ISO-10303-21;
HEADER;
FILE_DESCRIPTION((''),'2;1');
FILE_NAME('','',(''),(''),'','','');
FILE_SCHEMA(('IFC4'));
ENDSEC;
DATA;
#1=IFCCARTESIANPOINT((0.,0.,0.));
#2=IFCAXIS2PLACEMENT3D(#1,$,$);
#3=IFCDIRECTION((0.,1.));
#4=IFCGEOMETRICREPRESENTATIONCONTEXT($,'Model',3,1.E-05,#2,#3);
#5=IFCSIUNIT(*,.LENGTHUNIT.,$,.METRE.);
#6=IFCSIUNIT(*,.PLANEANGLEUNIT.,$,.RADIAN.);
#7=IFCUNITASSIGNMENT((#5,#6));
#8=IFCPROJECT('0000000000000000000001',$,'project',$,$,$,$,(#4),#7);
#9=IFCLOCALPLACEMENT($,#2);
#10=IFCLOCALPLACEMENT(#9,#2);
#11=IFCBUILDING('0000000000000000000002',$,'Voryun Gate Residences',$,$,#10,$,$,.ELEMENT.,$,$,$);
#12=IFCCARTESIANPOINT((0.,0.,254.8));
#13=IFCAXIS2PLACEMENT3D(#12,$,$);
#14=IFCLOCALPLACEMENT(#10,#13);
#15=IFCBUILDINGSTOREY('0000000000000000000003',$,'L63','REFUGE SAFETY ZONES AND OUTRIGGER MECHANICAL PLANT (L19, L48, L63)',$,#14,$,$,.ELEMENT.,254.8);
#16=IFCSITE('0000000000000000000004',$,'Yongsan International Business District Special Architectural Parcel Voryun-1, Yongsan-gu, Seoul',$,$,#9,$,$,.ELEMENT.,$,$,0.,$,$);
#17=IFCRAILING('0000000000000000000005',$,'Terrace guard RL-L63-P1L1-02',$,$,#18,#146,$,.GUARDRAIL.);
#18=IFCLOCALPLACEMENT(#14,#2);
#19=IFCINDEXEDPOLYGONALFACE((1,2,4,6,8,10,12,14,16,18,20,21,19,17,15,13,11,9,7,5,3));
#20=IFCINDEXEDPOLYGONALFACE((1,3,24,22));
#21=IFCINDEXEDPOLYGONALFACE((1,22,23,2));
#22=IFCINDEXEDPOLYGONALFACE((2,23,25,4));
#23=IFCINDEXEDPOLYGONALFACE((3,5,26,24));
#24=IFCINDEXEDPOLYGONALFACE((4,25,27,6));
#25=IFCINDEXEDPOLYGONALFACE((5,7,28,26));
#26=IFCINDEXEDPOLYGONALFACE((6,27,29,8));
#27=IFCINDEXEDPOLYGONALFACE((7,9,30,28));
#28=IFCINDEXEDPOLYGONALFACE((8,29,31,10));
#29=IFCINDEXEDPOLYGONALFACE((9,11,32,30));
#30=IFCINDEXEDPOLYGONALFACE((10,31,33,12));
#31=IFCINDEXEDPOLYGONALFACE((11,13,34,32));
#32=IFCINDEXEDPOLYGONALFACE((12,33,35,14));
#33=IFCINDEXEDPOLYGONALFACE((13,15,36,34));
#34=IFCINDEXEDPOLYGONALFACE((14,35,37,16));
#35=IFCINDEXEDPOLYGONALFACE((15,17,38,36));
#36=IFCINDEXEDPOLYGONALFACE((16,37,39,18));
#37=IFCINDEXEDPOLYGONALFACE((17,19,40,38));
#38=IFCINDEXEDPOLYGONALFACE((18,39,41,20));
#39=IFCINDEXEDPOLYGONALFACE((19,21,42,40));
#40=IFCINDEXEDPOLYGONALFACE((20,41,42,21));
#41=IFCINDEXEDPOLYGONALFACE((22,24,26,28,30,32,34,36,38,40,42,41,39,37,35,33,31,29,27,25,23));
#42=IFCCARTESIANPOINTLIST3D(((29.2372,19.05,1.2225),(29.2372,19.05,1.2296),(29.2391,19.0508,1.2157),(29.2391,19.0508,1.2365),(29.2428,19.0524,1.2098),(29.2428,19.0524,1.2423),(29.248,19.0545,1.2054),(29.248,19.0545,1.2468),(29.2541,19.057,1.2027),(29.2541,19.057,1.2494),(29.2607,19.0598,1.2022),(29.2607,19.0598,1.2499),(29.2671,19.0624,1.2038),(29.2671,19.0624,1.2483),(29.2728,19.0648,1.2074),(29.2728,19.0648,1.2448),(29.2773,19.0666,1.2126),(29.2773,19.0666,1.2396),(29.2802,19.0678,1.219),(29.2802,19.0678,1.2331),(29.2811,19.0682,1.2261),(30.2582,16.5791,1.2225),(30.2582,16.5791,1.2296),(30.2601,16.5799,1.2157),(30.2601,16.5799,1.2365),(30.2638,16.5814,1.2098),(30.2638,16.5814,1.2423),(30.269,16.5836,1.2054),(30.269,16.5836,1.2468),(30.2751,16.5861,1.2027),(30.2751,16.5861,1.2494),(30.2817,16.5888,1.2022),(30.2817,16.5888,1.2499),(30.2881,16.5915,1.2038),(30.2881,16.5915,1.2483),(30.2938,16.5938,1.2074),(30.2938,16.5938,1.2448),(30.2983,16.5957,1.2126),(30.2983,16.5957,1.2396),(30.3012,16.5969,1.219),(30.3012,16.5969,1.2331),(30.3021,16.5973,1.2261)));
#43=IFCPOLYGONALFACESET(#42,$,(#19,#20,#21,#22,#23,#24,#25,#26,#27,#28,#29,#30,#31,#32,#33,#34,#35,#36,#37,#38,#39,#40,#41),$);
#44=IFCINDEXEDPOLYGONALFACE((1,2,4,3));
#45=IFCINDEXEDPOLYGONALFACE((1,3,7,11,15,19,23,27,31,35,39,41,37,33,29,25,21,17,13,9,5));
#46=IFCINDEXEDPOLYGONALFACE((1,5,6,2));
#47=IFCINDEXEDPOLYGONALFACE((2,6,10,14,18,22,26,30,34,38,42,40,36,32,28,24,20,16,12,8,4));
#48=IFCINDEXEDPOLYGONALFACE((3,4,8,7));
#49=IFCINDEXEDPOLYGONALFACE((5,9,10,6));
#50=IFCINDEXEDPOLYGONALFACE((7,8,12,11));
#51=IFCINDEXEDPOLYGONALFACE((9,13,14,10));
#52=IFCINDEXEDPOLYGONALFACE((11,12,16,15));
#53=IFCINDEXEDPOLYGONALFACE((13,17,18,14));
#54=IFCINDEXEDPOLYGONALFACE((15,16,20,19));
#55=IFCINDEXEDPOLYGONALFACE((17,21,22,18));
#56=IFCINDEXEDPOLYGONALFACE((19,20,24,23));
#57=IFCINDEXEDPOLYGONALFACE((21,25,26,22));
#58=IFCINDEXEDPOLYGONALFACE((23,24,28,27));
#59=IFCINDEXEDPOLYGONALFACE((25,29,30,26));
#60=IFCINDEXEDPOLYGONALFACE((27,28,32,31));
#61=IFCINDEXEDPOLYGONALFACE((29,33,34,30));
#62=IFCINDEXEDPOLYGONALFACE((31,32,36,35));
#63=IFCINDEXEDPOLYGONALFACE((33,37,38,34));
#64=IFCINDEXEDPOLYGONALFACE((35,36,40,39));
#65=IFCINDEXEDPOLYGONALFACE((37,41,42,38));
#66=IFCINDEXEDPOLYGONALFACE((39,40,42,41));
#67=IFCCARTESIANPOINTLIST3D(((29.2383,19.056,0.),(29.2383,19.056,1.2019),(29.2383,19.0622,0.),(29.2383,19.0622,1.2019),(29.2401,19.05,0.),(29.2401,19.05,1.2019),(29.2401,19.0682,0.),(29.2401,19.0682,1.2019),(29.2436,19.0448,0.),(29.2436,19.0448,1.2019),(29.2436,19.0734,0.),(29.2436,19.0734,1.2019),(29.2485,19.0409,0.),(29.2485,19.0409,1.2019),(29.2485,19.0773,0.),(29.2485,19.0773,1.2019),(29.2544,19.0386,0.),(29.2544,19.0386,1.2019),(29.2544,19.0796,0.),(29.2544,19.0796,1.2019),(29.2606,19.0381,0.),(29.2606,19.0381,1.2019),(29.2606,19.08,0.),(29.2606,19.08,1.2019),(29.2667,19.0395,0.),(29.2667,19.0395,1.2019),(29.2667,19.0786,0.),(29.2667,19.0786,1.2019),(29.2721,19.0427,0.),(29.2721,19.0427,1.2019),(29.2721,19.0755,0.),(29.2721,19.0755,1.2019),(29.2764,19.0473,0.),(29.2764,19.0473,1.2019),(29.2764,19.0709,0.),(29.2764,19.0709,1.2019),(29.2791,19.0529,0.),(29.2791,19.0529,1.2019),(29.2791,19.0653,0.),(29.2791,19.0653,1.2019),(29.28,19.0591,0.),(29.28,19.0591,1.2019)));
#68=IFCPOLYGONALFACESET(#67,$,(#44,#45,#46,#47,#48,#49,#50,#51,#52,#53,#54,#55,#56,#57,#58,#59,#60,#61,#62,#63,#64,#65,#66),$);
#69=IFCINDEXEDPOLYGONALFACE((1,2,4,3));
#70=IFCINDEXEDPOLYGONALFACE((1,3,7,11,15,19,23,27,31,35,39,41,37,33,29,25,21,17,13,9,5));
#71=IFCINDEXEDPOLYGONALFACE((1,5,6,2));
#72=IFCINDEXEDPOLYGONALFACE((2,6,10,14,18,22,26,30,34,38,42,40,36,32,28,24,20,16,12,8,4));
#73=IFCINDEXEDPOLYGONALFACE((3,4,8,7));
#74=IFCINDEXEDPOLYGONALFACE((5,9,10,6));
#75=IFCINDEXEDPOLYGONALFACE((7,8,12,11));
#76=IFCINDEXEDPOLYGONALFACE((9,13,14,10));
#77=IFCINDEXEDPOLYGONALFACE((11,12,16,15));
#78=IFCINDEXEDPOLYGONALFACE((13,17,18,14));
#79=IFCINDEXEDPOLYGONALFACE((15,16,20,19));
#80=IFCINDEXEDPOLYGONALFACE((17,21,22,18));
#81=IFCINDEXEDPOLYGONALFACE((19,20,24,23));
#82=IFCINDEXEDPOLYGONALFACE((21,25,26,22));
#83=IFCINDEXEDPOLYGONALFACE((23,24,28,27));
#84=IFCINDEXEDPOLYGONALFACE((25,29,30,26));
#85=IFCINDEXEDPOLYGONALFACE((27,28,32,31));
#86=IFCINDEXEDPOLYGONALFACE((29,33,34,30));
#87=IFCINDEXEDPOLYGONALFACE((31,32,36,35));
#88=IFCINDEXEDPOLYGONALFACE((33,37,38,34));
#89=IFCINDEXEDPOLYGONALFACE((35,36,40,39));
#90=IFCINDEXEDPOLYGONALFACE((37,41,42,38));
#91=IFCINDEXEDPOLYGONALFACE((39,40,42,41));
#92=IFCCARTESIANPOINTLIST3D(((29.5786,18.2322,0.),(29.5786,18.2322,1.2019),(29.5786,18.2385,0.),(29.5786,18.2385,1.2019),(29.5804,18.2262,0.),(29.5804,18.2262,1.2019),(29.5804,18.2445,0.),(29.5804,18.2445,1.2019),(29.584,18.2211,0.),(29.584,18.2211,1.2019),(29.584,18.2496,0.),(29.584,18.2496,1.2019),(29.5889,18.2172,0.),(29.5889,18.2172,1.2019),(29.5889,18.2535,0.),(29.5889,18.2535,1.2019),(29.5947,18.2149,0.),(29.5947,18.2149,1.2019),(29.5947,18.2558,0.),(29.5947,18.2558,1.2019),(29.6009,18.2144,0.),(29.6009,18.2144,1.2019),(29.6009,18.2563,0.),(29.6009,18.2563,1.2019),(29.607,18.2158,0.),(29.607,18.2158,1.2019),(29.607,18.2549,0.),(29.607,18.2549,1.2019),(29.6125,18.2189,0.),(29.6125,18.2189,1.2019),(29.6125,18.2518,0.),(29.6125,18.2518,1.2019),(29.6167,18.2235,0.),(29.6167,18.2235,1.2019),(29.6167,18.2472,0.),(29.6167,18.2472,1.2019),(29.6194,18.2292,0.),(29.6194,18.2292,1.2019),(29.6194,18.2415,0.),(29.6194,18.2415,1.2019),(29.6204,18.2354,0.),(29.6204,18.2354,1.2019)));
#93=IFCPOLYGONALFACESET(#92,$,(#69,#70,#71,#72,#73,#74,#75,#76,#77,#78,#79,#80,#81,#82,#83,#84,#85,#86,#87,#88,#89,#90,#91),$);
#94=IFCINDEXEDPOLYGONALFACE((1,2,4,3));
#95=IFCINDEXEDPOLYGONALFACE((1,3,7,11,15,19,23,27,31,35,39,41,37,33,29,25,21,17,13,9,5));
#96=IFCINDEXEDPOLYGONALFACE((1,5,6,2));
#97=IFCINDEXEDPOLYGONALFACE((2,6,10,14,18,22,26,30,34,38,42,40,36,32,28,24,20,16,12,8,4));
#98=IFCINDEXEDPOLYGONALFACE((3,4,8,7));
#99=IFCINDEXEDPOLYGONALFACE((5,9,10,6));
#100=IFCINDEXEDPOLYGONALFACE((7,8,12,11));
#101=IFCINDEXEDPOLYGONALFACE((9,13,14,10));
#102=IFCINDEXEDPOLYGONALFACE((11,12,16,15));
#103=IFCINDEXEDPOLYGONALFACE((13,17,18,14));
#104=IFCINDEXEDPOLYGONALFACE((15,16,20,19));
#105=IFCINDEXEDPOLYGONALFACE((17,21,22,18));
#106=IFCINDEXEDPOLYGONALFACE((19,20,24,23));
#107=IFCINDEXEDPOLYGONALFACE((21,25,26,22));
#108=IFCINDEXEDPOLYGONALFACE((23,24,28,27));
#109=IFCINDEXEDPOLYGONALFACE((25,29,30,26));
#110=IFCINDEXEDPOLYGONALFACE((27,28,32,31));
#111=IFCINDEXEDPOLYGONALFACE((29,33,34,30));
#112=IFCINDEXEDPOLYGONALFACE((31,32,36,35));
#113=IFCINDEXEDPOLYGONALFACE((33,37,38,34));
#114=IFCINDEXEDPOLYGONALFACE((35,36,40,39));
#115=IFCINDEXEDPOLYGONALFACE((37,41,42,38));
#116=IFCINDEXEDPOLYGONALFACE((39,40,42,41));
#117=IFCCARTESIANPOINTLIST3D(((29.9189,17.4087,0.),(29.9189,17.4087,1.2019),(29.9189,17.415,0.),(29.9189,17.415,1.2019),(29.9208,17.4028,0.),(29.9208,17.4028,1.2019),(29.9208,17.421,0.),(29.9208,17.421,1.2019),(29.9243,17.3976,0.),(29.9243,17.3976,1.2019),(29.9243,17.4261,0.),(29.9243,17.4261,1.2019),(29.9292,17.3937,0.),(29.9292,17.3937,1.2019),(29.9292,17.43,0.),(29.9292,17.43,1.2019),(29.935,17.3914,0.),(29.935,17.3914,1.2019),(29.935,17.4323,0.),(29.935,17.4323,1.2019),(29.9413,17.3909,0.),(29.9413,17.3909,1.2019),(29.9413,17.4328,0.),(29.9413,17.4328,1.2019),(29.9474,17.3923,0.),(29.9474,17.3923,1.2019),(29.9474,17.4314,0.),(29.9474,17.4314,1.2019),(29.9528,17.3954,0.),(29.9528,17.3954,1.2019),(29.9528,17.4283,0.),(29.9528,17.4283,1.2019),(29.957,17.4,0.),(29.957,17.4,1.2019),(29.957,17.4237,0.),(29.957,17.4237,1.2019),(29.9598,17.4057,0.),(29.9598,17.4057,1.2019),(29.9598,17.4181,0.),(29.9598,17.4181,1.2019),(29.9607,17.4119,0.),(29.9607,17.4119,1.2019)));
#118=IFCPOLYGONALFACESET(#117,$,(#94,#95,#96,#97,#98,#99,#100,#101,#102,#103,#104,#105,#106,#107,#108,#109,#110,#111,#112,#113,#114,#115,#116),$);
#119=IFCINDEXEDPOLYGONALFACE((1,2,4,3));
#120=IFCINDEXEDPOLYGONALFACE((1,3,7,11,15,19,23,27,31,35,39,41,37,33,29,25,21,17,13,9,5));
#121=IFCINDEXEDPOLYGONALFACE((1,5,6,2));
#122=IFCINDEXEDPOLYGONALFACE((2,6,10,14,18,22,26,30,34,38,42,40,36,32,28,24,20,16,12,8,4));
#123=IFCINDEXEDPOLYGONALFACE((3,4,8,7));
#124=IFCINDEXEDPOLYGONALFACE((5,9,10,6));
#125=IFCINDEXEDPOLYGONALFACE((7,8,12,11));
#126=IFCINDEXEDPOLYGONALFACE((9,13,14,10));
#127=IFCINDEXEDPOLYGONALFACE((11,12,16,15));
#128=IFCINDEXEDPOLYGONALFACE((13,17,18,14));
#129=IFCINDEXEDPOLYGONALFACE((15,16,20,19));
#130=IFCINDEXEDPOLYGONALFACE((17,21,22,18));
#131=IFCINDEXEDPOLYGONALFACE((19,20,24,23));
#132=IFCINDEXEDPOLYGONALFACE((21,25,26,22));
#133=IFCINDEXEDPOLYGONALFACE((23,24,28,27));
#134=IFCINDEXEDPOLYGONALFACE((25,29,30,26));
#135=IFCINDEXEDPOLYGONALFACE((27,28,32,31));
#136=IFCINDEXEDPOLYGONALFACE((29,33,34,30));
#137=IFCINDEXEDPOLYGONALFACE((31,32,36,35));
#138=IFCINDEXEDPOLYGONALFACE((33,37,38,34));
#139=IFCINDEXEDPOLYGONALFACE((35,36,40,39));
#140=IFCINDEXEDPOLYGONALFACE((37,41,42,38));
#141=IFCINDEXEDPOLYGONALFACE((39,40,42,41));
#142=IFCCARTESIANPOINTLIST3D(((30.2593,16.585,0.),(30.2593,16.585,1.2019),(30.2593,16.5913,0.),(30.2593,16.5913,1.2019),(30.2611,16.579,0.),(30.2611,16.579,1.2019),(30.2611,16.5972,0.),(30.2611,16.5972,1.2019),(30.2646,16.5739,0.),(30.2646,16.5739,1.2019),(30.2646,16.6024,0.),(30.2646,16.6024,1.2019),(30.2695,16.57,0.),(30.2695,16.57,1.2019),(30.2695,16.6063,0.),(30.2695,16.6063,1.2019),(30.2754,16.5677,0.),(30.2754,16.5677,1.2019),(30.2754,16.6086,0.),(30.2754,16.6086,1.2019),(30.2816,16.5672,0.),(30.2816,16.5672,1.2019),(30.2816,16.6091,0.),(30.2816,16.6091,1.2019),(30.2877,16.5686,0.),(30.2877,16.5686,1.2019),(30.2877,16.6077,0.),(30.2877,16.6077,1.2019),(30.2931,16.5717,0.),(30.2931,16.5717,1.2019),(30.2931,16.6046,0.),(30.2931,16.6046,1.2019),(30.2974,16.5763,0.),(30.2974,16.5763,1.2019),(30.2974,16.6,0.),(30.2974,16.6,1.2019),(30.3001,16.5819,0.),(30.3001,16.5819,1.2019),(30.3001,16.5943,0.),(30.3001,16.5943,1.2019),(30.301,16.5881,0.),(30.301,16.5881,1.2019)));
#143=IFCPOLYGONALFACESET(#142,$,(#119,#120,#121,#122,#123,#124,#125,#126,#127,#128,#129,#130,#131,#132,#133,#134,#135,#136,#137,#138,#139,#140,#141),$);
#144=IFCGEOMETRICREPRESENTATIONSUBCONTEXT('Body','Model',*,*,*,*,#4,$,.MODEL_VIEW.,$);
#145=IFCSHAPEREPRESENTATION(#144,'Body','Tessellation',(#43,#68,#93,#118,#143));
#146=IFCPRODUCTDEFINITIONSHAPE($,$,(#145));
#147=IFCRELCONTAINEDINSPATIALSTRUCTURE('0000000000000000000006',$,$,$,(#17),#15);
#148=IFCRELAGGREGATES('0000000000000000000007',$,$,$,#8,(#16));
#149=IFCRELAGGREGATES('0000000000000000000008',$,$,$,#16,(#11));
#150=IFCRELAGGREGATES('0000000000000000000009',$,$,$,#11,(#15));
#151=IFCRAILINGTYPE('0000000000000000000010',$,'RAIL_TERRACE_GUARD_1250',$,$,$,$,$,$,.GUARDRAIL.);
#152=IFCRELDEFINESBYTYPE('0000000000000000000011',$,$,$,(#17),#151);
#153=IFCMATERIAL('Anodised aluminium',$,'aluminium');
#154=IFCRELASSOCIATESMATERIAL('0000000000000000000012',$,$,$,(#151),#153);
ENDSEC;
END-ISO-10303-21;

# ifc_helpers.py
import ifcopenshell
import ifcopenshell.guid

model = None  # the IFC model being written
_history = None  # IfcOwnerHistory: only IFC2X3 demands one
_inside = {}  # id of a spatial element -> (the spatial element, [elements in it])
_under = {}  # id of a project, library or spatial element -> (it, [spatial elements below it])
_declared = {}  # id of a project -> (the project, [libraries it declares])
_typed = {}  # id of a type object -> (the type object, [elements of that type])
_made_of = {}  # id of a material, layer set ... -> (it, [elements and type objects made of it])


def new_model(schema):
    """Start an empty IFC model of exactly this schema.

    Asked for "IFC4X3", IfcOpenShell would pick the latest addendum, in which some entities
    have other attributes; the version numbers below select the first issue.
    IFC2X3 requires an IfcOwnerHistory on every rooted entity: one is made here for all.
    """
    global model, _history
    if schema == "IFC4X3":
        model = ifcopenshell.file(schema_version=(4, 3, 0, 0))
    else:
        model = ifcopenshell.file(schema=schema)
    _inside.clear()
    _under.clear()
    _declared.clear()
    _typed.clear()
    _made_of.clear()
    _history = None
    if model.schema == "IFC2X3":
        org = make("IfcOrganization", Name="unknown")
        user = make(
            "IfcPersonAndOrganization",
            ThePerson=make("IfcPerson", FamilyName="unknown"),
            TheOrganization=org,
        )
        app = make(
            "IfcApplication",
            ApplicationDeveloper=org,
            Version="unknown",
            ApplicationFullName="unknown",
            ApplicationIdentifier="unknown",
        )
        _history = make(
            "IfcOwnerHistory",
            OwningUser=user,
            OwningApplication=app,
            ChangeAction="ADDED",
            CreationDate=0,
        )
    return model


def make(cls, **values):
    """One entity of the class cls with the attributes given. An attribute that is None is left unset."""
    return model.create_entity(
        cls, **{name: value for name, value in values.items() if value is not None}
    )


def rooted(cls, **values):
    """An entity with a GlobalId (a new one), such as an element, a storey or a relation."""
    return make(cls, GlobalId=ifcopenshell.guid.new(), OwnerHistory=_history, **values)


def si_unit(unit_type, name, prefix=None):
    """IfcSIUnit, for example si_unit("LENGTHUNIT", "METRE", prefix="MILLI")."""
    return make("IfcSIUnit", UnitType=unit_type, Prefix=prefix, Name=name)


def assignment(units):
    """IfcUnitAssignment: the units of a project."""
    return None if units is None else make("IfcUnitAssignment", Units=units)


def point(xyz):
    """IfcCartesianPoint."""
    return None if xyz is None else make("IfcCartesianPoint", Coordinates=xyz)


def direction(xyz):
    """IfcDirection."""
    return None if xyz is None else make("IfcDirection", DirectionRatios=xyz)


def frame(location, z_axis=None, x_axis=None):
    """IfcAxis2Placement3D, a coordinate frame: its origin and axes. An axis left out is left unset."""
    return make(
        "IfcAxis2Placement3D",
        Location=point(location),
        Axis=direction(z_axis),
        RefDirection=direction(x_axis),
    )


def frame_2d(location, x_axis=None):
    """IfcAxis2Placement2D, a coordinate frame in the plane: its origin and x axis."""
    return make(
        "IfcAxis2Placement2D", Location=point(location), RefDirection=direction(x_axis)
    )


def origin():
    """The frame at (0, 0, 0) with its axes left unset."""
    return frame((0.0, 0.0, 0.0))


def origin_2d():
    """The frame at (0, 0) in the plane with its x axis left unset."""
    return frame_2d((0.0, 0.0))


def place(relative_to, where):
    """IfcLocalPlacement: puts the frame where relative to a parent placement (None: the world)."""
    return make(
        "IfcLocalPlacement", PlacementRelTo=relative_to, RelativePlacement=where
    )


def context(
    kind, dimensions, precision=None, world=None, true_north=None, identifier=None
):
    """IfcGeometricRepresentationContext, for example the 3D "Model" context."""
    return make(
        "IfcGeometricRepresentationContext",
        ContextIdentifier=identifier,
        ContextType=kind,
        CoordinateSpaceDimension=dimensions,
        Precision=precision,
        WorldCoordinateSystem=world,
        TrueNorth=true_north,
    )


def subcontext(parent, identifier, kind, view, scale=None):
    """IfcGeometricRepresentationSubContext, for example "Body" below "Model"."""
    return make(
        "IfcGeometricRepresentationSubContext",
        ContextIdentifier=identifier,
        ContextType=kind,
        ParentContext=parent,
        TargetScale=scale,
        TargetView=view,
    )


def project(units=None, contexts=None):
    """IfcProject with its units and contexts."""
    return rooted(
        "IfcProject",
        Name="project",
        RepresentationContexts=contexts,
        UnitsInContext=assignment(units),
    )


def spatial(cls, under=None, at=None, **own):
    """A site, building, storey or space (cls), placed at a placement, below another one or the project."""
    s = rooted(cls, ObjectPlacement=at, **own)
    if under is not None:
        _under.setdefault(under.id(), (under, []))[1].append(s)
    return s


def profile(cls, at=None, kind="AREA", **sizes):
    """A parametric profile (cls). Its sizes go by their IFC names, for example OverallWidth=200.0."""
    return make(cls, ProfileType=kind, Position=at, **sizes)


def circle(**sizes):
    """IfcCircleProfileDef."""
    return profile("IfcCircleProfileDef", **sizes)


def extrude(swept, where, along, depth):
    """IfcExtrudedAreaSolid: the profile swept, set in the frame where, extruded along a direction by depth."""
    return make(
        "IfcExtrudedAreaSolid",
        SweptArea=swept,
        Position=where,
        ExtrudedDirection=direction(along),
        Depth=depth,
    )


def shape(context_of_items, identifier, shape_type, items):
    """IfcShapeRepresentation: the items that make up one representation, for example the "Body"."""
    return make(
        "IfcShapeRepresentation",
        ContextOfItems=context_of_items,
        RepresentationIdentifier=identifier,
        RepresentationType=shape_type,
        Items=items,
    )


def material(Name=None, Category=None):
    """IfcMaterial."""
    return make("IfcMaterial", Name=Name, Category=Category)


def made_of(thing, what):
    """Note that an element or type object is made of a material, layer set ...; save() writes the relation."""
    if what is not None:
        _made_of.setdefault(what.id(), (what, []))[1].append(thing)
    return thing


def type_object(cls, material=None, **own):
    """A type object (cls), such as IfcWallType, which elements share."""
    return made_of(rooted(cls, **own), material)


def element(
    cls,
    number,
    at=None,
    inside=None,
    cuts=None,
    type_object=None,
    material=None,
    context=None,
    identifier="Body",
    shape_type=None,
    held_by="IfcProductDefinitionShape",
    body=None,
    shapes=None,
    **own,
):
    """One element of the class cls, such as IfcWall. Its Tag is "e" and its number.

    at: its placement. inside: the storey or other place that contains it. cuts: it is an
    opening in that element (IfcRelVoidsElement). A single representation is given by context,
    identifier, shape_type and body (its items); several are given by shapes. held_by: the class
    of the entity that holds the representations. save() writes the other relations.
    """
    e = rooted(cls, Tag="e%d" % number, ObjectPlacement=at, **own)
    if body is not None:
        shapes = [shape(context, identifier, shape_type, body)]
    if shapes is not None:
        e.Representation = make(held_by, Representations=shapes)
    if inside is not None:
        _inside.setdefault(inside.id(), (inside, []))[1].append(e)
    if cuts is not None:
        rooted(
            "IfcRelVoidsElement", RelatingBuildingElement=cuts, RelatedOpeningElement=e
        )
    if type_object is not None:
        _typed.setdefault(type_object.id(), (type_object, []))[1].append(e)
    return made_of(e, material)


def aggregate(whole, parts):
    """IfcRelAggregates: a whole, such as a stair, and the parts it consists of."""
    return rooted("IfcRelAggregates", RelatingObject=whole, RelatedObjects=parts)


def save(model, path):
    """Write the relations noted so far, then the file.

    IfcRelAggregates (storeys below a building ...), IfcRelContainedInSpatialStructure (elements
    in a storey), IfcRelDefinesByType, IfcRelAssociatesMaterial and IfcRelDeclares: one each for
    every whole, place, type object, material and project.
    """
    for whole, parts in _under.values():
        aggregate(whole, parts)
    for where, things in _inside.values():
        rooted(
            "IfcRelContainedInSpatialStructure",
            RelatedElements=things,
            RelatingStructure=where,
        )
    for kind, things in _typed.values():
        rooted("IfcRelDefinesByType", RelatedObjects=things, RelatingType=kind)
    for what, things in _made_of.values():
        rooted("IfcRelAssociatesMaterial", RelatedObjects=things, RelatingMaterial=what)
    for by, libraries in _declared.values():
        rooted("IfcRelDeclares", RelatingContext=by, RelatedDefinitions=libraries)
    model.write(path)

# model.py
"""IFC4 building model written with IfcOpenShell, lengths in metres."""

from ifc_helpers import new_model, si_unit, direction, frame, origin, origin_2d, place, context, subcontext, project, spatial, circle, extrude, material, type_object, element, save


model = new_model("IFC4")

# Units and contexts
model_context = context("Model", 3, precision=1e-05, world=origin(), true_north=direction((0.0, 1.0)))
body_context = subcontext(model_context, "Body", "Model", "MODEL_VIEW")
ifc_project = project(units=[si_unit("LENGTHUNIT", "METRE"), si_unit("PLANEANGLEUNIT", "RADIAN")], contexts=[model_context])

# Site, building, storey
site_placement = place(None, origin())
site = spatial("IfcSite", under=ifc_project, at=site_placement, Name="Yongsan International Business District Special Architectural Parcel Voryun-1, Yongsan-gu, Seoul", CompositionType="ELEMENT", RefElevation=0.0)
building_placement = place(site_placement, origin())
building = spatial("IfcBuilding", under=site, at=building_placement, Name="Voryun Gate Residences", CompositionType="ELEMENT")
storey_placement = place(building_placement, frame((0.0, 0.0, 254.8)))
storey = spatial("IfcBuildingStorey", under=building, at=storey_placement, Name="L63", Description="REFUGE SAFETY ZONES AND OUTRIGGER MECHANICAL PLANT (L19, L48, L63)", CompositionType="ELEMENT", Elevation=254.8)

# Railing
ifc_material_1 = material(Name="Anodised aluminium", Category="aluminium")
railing_type = type_object("IfcRailingType", Name="RAIL_TERRACE_GUARD_1250", PredefinedType="GUARDRAIL", material=ifc_material_1)
railing_1_placement = place(storey_placement, frame((29.259, 19.0591, 0.0)))
element("IfcRailing", 1, at=railing_1_placement, inside=storey, type_object=railing_type, Name="Terrace guard RL-L63-P1L1-02", PredefinedType="GUARDRAIL", context=body_context, shape_type="SweptSolid", body=[
    extrude(circle(Radius=0.0239, at=origin_2d()), frame((0.0, 0.0, 1.2261), z_axis=(0.381884, -0.92421, 0.0), x_axis=(0.92421, 0.381884, 0.0)), (0.0, 0.0, 1.0), 2.6736),
    extrude(circle(Radius=0.021, at=origin_2d()), origin(), (0.0, 0.0, 1.0), 1.2019),
    extrude(circle(Radius=0.021, at=origin_2d()), frame((0.3403, -0.8237, 0.0)), (0.0, 0.0, 1.0), 1.2019),
    extrude(circle(Radius=0.021, at=origin_2d()), frame((0.6807, -1.6472, 0.0)), (0.0, 0.0, 1.0), 1.2019),
    extrude(circle(Radius=0.021, at=origin_2d()), frame((1.021, -2.4709, 0.0)), (0.0, 0.0, 1.0), 1.2019),
])

save(model, "model.ifc")
